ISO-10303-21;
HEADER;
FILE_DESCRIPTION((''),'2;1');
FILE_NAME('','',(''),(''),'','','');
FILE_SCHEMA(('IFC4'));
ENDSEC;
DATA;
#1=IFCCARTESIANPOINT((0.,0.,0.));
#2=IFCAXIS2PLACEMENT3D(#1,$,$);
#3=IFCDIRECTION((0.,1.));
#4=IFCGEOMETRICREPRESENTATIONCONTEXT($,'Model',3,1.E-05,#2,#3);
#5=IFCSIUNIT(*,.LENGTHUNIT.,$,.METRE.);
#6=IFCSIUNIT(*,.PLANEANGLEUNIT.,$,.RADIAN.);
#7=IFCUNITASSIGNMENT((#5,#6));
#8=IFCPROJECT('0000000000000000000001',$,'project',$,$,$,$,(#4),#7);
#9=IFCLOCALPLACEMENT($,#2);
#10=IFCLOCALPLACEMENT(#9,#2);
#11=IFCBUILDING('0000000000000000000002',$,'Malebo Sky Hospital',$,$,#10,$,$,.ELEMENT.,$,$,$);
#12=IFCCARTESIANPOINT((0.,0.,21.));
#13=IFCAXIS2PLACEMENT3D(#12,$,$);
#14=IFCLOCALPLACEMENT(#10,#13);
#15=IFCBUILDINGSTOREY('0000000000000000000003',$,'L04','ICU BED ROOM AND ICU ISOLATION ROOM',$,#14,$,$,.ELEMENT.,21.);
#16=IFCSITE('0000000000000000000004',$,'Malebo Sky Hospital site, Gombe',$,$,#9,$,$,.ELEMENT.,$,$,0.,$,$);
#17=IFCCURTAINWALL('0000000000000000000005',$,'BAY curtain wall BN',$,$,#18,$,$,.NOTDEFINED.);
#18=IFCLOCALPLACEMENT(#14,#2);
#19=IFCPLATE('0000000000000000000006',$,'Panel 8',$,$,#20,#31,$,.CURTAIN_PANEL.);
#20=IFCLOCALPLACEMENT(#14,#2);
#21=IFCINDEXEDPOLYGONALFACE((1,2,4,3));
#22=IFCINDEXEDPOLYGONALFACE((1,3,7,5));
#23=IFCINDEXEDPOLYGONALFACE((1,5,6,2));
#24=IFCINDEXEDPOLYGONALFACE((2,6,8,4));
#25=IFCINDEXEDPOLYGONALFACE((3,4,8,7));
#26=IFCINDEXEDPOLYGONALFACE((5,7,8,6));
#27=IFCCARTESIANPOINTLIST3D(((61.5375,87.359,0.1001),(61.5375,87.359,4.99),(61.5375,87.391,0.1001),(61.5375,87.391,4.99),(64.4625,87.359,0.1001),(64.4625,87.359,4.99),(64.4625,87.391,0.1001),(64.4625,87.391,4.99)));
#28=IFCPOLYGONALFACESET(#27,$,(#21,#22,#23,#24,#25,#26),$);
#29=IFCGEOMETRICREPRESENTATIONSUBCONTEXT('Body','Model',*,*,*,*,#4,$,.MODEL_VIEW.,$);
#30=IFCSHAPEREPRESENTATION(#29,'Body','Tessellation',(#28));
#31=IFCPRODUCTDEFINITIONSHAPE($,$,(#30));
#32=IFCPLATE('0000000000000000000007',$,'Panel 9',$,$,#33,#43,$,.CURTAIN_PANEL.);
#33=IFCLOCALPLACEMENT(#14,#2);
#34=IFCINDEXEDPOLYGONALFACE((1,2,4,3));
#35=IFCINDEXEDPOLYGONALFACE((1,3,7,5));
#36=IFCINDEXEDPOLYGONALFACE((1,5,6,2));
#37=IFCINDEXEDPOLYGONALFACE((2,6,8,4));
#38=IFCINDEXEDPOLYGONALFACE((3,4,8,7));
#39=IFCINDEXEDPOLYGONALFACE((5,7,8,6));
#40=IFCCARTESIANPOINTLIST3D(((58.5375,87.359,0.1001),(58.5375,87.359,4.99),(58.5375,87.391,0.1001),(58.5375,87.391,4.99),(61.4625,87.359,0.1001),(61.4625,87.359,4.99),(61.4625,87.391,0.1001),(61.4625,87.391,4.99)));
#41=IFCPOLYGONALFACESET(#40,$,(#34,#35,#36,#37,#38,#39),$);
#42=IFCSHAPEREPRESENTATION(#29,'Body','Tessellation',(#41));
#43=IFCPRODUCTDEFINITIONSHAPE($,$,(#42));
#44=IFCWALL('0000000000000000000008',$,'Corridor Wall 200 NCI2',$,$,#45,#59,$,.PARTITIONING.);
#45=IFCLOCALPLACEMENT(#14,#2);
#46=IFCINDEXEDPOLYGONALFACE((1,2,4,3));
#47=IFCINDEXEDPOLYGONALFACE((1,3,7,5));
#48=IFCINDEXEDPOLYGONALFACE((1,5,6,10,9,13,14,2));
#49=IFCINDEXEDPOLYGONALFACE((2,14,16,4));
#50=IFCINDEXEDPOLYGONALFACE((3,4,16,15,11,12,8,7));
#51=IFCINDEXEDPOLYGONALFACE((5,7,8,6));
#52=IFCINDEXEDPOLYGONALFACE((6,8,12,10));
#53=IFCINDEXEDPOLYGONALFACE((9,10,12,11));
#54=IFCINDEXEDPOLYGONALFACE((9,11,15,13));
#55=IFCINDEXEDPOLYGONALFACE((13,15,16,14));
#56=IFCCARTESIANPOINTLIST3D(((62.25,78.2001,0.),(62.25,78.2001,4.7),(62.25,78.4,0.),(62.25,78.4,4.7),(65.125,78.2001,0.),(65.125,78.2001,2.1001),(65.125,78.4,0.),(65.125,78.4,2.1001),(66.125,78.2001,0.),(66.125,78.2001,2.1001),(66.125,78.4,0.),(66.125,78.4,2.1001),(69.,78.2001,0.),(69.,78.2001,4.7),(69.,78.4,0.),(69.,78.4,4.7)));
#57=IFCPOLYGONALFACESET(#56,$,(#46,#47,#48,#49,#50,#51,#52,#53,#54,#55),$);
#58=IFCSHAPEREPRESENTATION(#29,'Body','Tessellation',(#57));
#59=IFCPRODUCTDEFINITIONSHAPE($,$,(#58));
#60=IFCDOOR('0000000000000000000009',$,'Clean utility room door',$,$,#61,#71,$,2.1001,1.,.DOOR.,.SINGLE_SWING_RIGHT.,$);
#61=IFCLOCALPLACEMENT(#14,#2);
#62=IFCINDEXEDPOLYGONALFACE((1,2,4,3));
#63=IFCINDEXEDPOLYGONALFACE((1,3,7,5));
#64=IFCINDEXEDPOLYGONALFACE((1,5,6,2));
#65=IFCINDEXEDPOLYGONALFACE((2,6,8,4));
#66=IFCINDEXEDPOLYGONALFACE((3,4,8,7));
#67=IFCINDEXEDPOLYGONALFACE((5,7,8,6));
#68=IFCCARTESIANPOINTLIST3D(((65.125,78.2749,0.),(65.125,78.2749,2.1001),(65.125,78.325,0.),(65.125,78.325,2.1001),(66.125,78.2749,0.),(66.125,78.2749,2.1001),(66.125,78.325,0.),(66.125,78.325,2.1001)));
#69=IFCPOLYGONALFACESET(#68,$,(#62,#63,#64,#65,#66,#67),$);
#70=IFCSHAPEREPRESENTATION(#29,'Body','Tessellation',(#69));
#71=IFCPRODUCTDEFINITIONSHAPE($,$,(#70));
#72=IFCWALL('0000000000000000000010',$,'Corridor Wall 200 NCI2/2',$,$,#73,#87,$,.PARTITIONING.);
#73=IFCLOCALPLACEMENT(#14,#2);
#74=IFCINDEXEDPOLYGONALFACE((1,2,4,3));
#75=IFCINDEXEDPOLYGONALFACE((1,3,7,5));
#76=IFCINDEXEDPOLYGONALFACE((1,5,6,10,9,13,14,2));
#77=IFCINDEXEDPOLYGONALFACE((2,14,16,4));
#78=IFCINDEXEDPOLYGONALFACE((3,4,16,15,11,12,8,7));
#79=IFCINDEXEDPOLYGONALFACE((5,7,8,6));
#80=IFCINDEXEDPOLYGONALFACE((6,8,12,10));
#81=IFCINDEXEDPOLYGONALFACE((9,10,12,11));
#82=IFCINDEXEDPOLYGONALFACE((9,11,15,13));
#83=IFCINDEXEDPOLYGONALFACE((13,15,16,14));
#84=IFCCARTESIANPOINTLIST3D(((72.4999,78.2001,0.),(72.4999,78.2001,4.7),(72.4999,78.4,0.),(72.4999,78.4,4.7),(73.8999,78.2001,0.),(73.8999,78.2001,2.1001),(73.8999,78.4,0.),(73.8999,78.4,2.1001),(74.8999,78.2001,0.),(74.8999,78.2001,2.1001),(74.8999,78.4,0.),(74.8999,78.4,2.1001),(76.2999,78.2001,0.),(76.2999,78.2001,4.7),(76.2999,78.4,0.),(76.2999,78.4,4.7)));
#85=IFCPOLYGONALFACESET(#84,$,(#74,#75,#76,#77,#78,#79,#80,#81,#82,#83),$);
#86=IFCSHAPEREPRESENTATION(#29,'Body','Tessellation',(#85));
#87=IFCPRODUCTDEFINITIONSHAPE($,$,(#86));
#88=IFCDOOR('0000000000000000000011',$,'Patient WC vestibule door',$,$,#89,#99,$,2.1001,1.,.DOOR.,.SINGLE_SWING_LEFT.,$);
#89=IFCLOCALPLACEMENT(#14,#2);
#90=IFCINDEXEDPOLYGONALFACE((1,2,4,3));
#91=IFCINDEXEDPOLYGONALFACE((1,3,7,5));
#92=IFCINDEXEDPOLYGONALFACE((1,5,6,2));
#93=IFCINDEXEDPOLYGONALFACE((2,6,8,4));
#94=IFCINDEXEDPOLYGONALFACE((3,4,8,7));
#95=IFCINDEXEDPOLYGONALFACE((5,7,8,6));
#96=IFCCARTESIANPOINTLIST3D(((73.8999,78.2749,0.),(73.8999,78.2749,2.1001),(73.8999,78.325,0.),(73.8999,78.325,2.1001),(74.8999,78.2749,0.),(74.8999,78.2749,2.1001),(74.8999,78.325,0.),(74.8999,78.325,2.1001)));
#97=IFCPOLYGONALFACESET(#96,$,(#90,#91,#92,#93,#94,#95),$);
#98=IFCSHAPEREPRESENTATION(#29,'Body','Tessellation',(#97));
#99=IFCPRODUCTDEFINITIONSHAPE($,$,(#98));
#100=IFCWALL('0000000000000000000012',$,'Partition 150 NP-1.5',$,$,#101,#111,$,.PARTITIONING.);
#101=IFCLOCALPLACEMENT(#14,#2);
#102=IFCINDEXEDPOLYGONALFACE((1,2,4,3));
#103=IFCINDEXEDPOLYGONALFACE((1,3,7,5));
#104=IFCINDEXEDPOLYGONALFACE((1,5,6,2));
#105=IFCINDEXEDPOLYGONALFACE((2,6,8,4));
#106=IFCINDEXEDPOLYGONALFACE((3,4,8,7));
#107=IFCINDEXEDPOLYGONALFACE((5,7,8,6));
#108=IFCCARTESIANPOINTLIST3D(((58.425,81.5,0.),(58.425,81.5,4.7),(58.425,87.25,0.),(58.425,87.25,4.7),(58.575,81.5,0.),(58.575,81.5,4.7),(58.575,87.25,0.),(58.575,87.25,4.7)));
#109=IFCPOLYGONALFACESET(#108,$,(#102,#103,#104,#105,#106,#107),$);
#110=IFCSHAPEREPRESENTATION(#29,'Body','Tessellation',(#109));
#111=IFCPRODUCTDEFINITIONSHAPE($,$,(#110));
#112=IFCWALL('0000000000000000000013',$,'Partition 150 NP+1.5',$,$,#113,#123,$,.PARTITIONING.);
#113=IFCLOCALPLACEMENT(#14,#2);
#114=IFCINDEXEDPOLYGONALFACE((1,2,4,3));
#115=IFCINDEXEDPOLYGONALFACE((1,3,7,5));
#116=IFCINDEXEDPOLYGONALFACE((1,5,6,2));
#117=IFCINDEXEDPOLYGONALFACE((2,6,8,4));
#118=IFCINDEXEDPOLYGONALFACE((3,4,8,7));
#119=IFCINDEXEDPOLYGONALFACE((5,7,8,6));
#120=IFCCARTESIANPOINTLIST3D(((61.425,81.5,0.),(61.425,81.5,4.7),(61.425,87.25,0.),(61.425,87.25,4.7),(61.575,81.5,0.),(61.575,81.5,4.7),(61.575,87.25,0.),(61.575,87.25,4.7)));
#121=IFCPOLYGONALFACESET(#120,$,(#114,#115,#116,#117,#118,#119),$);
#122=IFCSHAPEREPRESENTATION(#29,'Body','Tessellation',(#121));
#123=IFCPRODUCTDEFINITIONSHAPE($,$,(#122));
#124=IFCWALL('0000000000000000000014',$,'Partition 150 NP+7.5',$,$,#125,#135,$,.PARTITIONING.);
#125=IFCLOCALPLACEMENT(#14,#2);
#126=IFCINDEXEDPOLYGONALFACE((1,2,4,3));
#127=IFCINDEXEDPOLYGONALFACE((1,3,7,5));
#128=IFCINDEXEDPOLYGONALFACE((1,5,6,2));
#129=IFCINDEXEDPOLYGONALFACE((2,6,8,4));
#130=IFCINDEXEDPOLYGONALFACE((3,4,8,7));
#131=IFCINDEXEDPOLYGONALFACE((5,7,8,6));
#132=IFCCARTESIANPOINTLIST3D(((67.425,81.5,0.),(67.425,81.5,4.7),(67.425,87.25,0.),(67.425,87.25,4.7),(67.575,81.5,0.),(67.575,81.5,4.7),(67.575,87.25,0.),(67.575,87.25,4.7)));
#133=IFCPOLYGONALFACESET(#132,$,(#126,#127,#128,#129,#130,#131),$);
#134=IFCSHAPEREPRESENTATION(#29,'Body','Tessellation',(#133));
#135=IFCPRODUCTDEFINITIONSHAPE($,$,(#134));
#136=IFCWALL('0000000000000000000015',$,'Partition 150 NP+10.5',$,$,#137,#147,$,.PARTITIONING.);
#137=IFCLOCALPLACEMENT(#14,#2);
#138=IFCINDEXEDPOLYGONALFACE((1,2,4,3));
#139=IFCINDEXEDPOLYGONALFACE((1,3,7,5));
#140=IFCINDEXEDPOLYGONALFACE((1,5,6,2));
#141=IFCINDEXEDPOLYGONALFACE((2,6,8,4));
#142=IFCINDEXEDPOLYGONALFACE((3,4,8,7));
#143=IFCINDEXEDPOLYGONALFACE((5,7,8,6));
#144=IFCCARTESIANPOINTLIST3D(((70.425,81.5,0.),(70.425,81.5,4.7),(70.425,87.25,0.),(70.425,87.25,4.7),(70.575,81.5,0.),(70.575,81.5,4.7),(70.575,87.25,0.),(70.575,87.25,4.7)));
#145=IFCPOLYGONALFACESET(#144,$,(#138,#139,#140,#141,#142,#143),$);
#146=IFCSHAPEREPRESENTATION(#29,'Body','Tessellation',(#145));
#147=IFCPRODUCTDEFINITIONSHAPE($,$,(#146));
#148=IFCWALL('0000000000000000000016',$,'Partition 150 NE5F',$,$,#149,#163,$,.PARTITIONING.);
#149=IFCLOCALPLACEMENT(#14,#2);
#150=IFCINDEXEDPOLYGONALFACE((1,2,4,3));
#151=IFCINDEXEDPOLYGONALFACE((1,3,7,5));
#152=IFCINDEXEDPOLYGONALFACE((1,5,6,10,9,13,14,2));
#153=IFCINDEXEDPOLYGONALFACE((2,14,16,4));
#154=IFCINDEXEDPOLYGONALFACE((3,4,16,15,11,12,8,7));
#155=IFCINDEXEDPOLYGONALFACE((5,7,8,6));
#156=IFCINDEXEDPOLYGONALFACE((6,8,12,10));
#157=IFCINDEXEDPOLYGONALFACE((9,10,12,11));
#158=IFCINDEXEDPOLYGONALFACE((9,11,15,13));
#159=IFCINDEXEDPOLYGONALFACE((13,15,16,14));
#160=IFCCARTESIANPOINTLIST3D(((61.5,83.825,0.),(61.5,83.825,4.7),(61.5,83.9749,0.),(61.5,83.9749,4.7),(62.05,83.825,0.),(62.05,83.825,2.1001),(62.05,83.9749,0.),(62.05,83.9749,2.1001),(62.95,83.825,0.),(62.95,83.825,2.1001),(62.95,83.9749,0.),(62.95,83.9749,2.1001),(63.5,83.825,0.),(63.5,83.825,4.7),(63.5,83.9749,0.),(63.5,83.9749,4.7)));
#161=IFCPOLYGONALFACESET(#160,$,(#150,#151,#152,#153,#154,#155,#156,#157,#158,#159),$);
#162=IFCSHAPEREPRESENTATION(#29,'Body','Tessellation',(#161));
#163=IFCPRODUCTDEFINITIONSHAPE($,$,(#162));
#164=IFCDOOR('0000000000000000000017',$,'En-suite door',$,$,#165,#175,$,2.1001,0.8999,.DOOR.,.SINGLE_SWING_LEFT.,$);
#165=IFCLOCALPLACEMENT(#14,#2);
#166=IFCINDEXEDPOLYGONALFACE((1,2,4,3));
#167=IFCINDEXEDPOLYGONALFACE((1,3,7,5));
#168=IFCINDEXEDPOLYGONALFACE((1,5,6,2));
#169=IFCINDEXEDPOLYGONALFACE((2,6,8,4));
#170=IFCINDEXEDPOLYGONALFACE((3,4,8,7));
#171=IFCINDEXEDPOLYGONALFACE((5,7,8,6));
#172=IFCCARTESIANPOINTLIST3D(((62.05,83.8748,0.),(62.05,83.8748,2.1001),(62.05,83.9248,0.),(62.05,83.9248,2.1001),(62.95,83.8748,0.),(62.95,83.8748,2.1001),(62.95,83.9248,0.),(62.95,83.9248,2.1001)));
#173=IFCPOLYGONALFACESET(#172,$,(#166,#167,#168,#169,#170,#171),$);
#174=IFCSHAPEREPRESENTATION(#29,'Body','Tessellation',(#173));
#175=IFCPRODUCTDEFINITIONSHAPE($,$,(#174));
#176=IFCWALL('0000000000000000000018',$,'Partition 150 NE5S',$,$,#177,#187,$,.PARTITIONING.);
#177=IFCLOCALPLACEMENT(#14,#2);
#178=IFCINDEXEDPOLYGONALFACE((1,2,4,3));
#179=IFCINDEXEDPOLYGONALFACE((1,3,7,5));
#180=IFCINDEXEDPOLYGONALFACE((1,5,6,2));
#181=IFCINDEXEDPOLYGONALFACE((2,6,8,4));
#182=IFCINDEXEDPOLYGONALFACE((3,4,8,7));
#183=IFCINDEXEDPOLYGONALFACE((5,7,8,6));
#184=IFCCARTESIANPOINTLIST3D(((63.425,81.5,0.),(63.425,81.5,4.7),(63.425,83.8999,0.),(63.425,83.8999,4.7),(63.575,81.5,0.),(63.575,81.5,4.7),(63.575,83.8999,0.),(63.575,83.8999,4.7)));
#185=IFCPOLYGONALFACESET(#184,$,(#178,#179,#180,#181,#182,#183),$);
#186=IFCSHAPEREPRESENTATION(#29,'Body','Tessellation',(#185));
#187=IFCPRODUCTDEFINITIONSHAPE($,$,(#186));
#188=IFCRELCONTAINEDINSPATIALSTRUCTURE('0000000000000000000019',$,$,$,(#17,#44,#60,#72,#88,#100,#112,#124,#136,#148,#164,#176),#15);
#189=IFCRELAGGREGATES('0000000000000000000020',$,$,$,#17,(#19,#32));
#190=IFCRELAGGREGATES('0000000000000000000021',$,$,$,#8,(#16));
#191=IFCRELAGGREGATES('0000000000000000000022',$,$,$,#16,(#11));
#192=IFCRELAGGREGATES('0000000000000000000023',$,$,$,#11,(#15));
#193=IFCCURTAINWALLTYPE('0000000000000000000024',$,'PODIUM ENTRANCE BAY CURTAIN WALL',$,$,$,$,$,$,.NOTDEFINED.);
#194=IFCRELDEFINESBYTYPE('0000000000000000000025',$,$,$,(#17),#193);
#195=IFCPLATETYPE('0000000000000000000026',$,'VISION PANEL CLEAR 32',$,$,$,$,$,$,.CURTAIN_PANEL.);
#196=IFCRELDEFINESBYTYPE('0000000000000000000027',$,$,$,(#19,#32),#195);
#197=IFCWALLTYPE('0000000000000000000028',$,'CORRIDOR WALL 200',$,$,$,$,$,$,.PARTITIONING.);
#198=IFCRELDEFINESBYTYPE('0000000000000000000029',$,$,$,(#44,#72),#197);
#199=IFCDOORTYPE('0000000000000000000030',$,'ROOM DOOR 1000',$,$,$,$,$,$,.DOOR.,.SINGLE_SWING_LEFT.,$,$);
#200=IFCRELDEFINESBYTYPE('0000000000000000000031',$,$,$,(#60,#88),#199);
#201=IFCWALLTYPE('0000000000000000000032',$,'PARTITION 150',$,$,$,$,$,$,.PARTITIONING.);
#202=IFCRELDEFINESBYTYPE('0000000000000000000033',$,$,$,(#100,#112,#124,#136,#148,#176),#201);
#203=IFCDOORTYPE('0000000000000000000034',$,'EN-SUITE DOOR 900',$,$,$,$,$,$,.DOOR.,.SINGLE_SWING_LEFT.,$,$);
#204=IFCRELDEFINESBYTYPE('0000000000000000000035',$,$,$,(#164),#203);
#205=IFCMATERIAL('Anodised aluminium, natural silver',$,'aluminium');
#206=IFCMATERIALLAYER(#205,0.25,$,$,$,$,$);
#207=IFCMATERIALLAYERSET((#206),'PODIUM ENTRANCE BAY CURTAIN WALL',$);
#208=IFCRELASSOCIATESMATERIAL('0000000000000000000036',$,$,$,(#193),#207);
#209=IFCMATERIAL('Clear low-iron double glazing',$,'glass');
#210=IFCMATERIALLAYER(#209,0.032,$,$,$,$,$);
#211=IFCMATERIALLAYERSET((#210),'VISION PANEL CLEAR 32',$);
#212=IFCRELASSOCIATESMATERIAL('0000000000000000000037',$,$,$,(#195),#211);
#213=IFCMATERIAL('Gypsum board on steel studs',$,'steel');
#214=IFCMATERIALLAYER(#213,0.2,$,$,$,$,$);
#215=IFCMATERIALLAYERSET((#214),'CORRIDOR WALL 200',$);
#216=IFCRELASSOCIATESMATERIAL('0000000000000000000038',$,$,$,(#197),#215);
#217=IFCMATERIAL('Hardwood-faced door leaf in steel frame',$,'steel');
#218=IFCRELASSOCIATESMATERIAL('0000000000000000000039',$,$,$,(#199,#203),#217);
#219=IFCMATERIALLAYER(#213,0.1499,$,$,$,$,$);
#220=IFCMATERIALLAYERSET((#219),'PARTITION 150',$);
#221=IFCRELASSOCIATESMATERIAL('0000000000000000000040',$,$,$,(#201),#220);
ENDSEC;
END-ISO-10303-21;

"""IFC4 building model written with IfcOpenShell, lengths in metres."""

from ifc_helpers import new_model, si_unit, direction, frame, frame_2d, origin, origin_2d, place, context, subcontext, project, spatial, rectangle, extrude, material, layer, layer_set, type_object, element, fill, aggregate, save


model = new_model("IFC4")

# Units and contexts
model_context = context("Model", 3, precision=1e-05, world=origin(), true_north=direction((0.0, 1.0)))
body_context = subcontext(model_context, "Body", "Model", "MODEL_VIEW")
ifc_project = project(units=[si_unit("LENGTHUNIT", "METRE"), si_unit("PLANEANGLEUNIT", "RADIAN")], contexts=[model_context])

# Site, building, storey
site_placement = place(None, origin())
site = spatial("IfcSite", under=ifc_project, at=site_placement, Name="Malebo Sky Hospital site, Gombe", CompositionType="ELEMENT", RefElevation=0.0)
building_placement = place(site_placement, origin())
building = spatial("IfcBuilding", under=site, at=building_placement, Name="Malebo Sky Hospital", CompositionType="ELEMENT")
storey_placement = place(building_placement, frame((0.0, 0.0, 21.0)))
storey = spatial("IfcBuildingStorey", under=building, at=storey_placement, Name="L04", Description="ICU BED ROOM AND ICU ISOLATION ROOM", CompositionType="ELEMENT", Elevation=21.0)

# Curtain wall
ifc_material_1 = material(Name="Anodised aluminium, natural silver", Category="aluminium")
ifc_layer_1 = layer(ifc_material_1, 0.25)
ifc_layer_set_1 = layer_set([ifc_layer_1], Name="PODIUM ENTRANCE BAY CURTAIN WALL")
curtain_wall_type = type_object("IfcCurtainWallType", Name="PODIUM ENTRANCE BAY CURTAIN WALL", PredefinedType="NOTDEFINED", material=ifc_layer_set_1)
curtain_wall_placement = place(storey_placement, origin())
curtain_wall = element("IfcCurtainWall", 1, at=curtain_wall_placement, inside=storey, type_object=curtain_wall_type, Name="BAY curtain wall BN", PredefinedType="NOTDEFINED")

# Plates
ifc_material_2 = material(Name="Clear low-iron double glazing", Category="glass")
ifc_layer_2 = layer(ifc_material_2, 0.032)
ifc_layer_set_2 = layer_set([ifc_layer_2], Name="VISION PANEL CLEAR 32")
plate_type = type_object("IfcPlateType", Name="VISION PANEL CLEAR 32", PredefinedType="CURTAIN_PANEL", material=ifc_layer_set_2)
plate_1_placement = place(storey_placement, frame((63.0, 87.375, 0.1001), z_axis=(0.0, 0.0, 1.0), x_axis=(-1.0, 0.0, 0.0)))
plate_1 = element("IfcPlate", 2, at=plate_1_placement, type_object=plate_type, Name="Panel 8", PredefinedType="CURTAIN_PANEL", context=body_context, shape_type="SweptSolid", body=[
    extrude(rectangle(XDim=2.925, YDim=0.032, at=origin_2d()), origin(), (0.0, 0.0, 1.0), 4.8899),
])
plate_2_placement = place(storey_placement, frame((60.0, 87.375, 0.1001), z_axis=(0.0, 0.0, 1.0), x_axis=(-1.0, 0.0, 0.0)))
plate_2 = element("IfcPlate", 3, at=plate_2_placement, type_object=plate_type, Name="Panel 9", PredefinedType="CURTAIN_PANEL", context=body_context, shape_type="SweptSolid", body=[
    extrude(rectangle(XDim=2.925, YDim=0.032, at=origin_2d()), origin(), (0.0, 0.0, 1.0), 4.8899),
])
aggregate(curtain_wall, [plate_1, plate_2])

# Walls, openings, doors
ifc_material_3 = material(Name="Gypsum board on steel studs", Category="steel")
ifc_layer_3 = layer(ifc_material_3, 0.2)
ifc_layer_set_3 = layer_set([ifc_layer_3], Name="CORRIDOR WALL 200")
wall_type_1 = type_object("IfcWallType", Name="CORRIDOR WALL 200", PredefinedType="PARTITIONING", material=ifc_layer_set_3)
wall_1_placement = place(storey_placement, frame((62.25, 78.3, 0.0), z_axis=(0.0, 0.0, 1.0), x_axis=(1.0, 0.0, 0.0)))
wall_1 = element("IfcWall", 4, at=wall_1_placement, inside=storey, type_object=wall_type_1, Name="Corridor Wall 200 NCI2", PredefinedType="PARTITIONING", context=body_context, shape_type="SweptSolid", body=[
    extrude(rectangle(XDim=6.75, YDim=0.2, at=frame_2d((3.375, 0.0))), origin(), (0.0, 0.0, 1.0), 4.7),
])
opening_1_placement = place(wall_1_placement, frame((2.875, 0.0, 0.0)))
opening_1 = element("IfcOpeningElement", 5, at=opening_1_placement, cuts=wall_1, PredefinedType="OPENING", context=body_context, shape_type="SweptSolid", body=[
    extrude(rectangle(XDim=1.0, YDim=2.1001, at=frame_2d((0.5, 1.05))), frame((0.0, 0.1099, 0.0), z_axis=(0.0, -1.0, 0.0), x_axis=(1.0, 0.0, 0.0)), (0.0, 0.0, 1.0), 0.22),
])
ifc_material_4 = material(Name="Hardwood-faced door leaf in steel frame", Category="steel")
door_type_1 = type_object("IfcDoorType", Name="ROOM DOOR 1000", OperationType="SINGLE_SWING_LEFT", PredefinedType="DOOR", material=ifc_material_4)
door_1_placement = place(opening_1_placement, origin())
door_1 = element("IfcDoor", 6, at=door_1_placement, inside=storey, type_object=door_type_1, Name="Clean utility room door", OperationType="SINGLE_SWING_RIGHT", OverallHeight=2.1001, OverallWidth=1.0, PredefinedType="DOOR", context=body_context, shape_type="SweptSolid", body=[
    extrude(rectangle(XDim=1.0, YDim=2.1001, at=frame_2d((0.5, 1.05))), frame((0.0, 0.0249, 0.0), z_axis=(0.0, -1.0, 0.0), x_axis=(1.0, 0.0, 0.0)), (0.0, 0.0, 1.0), 0.05),
])
fill(opening_1, door_1)
wall_2_placement = place(storey_placement, frame((72.5, 78.3, 0.0), z_axis=(0.0, 0.0, 1.0), x_axis=(1.0, 0.0, 0.0)))
wall_2 = element("IfcWall", 7, at=wall_2_placement, inside=storey, type_object=wall_type_1, Name="Corridor Wall 200 NCI2/2", PredefinedType="PARTITIONING", context=body_context, shape_type="SweptSolid", body=[
    extrude(rectangle(XDim=3.8, YDim=0.2, at=frame_2d((1.8999, 0.0))), origin(), (0.0, 0.0, 1.0), 4.7),
])
opening_2_placement = place(wall_2_placement, frame((1.3999, 0.0, 0.0)))
opening_2 = element("IfcOpeningElement", 8, at=opening_2_placement, cuts=wall_2, PredefinedType="OPENING", context=body_context, shape_type="SweptSolid", body=[
    extrude(rectangle(XDim=1.0, YDim=2.1001, at=frame_2d((0.5, 1.05))), frame((0.0, 0.1099, 0.0), z_axis=(0.0, -1.0, 0.0), x_axis=(1.0, 0.0, 0.0)), (0.0, 0.0, 1.0), 0.22),
])
door_2_placement = place(opening_2_placement, origin())
door_2 = element("IfcDoor", 9, at=door_2_placement, inside=storey, type_object=door_type_1, Name="Patient WC vestibule door", OperationType="SINGLE_SWING_LEFT", OverallHeight=2.1001, OverallWidth=1.0, PredefinedType="DOOR", context=body_context, shape_type="SweptSolid", body=[
    extrude(rectangle(XDim=1.0, YDim=2.1001, at=frame_2d((0.5, 1.05))), frame((0.0, 0.0249, 0.0), z_axis=(0.0, -1.0, 0.0), x_axis=(1.0, 0.0, 0.0)), (0.0, 0.0, 1.0), 0.05),
])
fill(opening_2, door_2)

# Walls
ifc_layer_4 = layer(ifc_material_3, 0.1499)
ifc_layer_set_4 = layer_set([ifc_layer_4], Name="PARTITION 150")
wall_type_2 = type_object("IfcWallType", Name="PARTITION 150", PredefinedType="PARTITIONING", material=ifc_layer_set_4)
for number, where, z_axis, x_axis, name in (
    (10, (58.5, 81.5, 0.0), (0.0, 0.0, 1.0), (0.0, 1.0, 0.0), "Partition 150 NP-1.5"),
    (11, (61.5, 81.5, 0.0), (0.0, 0.0, 1.0), (0.0, 1.0, 0.0), "Partition 150 NP+1.5"),
    (12, (67.5, 81.5, 0.0), (0.0, 0.0, 1.0), (0.0, 1.0, 0.0), "Partition 150 NP+7.5"),
    (13, (70.5, 81.5, 0.0), (0.0, 0.0, 1.0), (0.0, 1.0, 0.0), "Partition 150 NP+10.5"),
):
    element("IfcWall", number, at=place(storey_placement, frame(where, z_axis=z_axis, x_axis=x_axis)), inside=storey, type_object=wall_type_2, Name=name, PredefinedType="PARTITIONING", context=body_context, shape_type="SweptSolid", body=[
        extrude(rectangle(XDim=5.75, YDim=0.1499, at=frame_2d((2.875, 0.0))), origin(), (0.0, 0.0, 1.0), 4.7),
    ])

# Wall, opening, door
wall_3_placement = place(storey_placement, frame((61.5, 83.8999, 0.0), z_axis=(0.0, 0.0, 1.0), x_axis=(1.0, 0.0, 0.0)))
wall_3 = element("IfcWall", 14, at=wall_3_placement, inside=storey, type_object=wall_type_2, Name="Partition 150 NE5F", PredefinedType="PARTITIONING", context=body_context, shape_type="SweptSolid", body=[
    extrude(rectangle(XDim=2.0, YDim=0.1499, at=frame_2d((1.0, 0.0))), origin(), (0.0, 0.0, 1.0), 4.7),
])
opening_3_placement = place(wall_3_placement, frame((0.55, 0.0, 0.0)))
opening_3 = element("IfcOpeningElement", 15, at=opening_3_placement, cuts=wall_3, PredefinedType="OPENING", context=body_context, shape_type="SweptSolid", body=[
    extrude(rectangle(XDim=0.8999, YDim=2.1001, at=frame_2d((0.45, 1.05))), frame((0.0, 0.085, 0.0), z_axis=(0.0, -1.0, 0.0), x_axis=(1.0, 0.0, 0.0)), (0.0, 0.0, 1.0), 0.1699),
])
door_type_2 = type_object("IfcDoorType", Name="EN-SUITE DOOR 900", OperationType="SINGLE_SWING_LEFT", PredefinedType="DOOR", material=ifc_material_4)
door_3_placement = place(opening_3_placement, origin())
door_3 = element("IfcDoor", 16, at=door_3_placement, inside=storey, type_object=door_type_2, Name="En-suite door", OperationType="SINGLE_SWING_LEFT", OverallHeight=2.1001, OverallWidth=0.8999, PredefinedType="DOOR", context=body_context, shape_type="SweptSolid", body=[
    extrude(rectangle(XDim=0.8999, YDim=2.1001, at=frame_2d((0.45, 1.05))), frame((0.0, 0.0249, 0.0), z_axis=(0.0, -1.0, 0.0), x_axis=(1.0, 0.0, 0.0)), (0.0, 0.0, 1.0), 0.05),
])
fill(opening_3, door_3)

# Wall
wall_4_placement = place(storey_placement, frame((63.5, 81.5, 0.0), z_axis=(0.0, 0.0, 1.0), x_axis=(0.0, 1.0, 0.0)))
element("IfcWall", 17, at=wall_4_placement, inside=storey, type_object=wall_type_2, Name="Partition 150 NE5S", PredefinedType="PARTITIONING", context=body_context, shape_type="SweptSolid", body=[
    extrude(rectangle(XDim=2.3999, YDim=0.1499, at=frame_2d((1.2, 0.0))), origin(), (0.0, 0.0, 1.0), 4.7),
])

save(model, "model.ifc")
